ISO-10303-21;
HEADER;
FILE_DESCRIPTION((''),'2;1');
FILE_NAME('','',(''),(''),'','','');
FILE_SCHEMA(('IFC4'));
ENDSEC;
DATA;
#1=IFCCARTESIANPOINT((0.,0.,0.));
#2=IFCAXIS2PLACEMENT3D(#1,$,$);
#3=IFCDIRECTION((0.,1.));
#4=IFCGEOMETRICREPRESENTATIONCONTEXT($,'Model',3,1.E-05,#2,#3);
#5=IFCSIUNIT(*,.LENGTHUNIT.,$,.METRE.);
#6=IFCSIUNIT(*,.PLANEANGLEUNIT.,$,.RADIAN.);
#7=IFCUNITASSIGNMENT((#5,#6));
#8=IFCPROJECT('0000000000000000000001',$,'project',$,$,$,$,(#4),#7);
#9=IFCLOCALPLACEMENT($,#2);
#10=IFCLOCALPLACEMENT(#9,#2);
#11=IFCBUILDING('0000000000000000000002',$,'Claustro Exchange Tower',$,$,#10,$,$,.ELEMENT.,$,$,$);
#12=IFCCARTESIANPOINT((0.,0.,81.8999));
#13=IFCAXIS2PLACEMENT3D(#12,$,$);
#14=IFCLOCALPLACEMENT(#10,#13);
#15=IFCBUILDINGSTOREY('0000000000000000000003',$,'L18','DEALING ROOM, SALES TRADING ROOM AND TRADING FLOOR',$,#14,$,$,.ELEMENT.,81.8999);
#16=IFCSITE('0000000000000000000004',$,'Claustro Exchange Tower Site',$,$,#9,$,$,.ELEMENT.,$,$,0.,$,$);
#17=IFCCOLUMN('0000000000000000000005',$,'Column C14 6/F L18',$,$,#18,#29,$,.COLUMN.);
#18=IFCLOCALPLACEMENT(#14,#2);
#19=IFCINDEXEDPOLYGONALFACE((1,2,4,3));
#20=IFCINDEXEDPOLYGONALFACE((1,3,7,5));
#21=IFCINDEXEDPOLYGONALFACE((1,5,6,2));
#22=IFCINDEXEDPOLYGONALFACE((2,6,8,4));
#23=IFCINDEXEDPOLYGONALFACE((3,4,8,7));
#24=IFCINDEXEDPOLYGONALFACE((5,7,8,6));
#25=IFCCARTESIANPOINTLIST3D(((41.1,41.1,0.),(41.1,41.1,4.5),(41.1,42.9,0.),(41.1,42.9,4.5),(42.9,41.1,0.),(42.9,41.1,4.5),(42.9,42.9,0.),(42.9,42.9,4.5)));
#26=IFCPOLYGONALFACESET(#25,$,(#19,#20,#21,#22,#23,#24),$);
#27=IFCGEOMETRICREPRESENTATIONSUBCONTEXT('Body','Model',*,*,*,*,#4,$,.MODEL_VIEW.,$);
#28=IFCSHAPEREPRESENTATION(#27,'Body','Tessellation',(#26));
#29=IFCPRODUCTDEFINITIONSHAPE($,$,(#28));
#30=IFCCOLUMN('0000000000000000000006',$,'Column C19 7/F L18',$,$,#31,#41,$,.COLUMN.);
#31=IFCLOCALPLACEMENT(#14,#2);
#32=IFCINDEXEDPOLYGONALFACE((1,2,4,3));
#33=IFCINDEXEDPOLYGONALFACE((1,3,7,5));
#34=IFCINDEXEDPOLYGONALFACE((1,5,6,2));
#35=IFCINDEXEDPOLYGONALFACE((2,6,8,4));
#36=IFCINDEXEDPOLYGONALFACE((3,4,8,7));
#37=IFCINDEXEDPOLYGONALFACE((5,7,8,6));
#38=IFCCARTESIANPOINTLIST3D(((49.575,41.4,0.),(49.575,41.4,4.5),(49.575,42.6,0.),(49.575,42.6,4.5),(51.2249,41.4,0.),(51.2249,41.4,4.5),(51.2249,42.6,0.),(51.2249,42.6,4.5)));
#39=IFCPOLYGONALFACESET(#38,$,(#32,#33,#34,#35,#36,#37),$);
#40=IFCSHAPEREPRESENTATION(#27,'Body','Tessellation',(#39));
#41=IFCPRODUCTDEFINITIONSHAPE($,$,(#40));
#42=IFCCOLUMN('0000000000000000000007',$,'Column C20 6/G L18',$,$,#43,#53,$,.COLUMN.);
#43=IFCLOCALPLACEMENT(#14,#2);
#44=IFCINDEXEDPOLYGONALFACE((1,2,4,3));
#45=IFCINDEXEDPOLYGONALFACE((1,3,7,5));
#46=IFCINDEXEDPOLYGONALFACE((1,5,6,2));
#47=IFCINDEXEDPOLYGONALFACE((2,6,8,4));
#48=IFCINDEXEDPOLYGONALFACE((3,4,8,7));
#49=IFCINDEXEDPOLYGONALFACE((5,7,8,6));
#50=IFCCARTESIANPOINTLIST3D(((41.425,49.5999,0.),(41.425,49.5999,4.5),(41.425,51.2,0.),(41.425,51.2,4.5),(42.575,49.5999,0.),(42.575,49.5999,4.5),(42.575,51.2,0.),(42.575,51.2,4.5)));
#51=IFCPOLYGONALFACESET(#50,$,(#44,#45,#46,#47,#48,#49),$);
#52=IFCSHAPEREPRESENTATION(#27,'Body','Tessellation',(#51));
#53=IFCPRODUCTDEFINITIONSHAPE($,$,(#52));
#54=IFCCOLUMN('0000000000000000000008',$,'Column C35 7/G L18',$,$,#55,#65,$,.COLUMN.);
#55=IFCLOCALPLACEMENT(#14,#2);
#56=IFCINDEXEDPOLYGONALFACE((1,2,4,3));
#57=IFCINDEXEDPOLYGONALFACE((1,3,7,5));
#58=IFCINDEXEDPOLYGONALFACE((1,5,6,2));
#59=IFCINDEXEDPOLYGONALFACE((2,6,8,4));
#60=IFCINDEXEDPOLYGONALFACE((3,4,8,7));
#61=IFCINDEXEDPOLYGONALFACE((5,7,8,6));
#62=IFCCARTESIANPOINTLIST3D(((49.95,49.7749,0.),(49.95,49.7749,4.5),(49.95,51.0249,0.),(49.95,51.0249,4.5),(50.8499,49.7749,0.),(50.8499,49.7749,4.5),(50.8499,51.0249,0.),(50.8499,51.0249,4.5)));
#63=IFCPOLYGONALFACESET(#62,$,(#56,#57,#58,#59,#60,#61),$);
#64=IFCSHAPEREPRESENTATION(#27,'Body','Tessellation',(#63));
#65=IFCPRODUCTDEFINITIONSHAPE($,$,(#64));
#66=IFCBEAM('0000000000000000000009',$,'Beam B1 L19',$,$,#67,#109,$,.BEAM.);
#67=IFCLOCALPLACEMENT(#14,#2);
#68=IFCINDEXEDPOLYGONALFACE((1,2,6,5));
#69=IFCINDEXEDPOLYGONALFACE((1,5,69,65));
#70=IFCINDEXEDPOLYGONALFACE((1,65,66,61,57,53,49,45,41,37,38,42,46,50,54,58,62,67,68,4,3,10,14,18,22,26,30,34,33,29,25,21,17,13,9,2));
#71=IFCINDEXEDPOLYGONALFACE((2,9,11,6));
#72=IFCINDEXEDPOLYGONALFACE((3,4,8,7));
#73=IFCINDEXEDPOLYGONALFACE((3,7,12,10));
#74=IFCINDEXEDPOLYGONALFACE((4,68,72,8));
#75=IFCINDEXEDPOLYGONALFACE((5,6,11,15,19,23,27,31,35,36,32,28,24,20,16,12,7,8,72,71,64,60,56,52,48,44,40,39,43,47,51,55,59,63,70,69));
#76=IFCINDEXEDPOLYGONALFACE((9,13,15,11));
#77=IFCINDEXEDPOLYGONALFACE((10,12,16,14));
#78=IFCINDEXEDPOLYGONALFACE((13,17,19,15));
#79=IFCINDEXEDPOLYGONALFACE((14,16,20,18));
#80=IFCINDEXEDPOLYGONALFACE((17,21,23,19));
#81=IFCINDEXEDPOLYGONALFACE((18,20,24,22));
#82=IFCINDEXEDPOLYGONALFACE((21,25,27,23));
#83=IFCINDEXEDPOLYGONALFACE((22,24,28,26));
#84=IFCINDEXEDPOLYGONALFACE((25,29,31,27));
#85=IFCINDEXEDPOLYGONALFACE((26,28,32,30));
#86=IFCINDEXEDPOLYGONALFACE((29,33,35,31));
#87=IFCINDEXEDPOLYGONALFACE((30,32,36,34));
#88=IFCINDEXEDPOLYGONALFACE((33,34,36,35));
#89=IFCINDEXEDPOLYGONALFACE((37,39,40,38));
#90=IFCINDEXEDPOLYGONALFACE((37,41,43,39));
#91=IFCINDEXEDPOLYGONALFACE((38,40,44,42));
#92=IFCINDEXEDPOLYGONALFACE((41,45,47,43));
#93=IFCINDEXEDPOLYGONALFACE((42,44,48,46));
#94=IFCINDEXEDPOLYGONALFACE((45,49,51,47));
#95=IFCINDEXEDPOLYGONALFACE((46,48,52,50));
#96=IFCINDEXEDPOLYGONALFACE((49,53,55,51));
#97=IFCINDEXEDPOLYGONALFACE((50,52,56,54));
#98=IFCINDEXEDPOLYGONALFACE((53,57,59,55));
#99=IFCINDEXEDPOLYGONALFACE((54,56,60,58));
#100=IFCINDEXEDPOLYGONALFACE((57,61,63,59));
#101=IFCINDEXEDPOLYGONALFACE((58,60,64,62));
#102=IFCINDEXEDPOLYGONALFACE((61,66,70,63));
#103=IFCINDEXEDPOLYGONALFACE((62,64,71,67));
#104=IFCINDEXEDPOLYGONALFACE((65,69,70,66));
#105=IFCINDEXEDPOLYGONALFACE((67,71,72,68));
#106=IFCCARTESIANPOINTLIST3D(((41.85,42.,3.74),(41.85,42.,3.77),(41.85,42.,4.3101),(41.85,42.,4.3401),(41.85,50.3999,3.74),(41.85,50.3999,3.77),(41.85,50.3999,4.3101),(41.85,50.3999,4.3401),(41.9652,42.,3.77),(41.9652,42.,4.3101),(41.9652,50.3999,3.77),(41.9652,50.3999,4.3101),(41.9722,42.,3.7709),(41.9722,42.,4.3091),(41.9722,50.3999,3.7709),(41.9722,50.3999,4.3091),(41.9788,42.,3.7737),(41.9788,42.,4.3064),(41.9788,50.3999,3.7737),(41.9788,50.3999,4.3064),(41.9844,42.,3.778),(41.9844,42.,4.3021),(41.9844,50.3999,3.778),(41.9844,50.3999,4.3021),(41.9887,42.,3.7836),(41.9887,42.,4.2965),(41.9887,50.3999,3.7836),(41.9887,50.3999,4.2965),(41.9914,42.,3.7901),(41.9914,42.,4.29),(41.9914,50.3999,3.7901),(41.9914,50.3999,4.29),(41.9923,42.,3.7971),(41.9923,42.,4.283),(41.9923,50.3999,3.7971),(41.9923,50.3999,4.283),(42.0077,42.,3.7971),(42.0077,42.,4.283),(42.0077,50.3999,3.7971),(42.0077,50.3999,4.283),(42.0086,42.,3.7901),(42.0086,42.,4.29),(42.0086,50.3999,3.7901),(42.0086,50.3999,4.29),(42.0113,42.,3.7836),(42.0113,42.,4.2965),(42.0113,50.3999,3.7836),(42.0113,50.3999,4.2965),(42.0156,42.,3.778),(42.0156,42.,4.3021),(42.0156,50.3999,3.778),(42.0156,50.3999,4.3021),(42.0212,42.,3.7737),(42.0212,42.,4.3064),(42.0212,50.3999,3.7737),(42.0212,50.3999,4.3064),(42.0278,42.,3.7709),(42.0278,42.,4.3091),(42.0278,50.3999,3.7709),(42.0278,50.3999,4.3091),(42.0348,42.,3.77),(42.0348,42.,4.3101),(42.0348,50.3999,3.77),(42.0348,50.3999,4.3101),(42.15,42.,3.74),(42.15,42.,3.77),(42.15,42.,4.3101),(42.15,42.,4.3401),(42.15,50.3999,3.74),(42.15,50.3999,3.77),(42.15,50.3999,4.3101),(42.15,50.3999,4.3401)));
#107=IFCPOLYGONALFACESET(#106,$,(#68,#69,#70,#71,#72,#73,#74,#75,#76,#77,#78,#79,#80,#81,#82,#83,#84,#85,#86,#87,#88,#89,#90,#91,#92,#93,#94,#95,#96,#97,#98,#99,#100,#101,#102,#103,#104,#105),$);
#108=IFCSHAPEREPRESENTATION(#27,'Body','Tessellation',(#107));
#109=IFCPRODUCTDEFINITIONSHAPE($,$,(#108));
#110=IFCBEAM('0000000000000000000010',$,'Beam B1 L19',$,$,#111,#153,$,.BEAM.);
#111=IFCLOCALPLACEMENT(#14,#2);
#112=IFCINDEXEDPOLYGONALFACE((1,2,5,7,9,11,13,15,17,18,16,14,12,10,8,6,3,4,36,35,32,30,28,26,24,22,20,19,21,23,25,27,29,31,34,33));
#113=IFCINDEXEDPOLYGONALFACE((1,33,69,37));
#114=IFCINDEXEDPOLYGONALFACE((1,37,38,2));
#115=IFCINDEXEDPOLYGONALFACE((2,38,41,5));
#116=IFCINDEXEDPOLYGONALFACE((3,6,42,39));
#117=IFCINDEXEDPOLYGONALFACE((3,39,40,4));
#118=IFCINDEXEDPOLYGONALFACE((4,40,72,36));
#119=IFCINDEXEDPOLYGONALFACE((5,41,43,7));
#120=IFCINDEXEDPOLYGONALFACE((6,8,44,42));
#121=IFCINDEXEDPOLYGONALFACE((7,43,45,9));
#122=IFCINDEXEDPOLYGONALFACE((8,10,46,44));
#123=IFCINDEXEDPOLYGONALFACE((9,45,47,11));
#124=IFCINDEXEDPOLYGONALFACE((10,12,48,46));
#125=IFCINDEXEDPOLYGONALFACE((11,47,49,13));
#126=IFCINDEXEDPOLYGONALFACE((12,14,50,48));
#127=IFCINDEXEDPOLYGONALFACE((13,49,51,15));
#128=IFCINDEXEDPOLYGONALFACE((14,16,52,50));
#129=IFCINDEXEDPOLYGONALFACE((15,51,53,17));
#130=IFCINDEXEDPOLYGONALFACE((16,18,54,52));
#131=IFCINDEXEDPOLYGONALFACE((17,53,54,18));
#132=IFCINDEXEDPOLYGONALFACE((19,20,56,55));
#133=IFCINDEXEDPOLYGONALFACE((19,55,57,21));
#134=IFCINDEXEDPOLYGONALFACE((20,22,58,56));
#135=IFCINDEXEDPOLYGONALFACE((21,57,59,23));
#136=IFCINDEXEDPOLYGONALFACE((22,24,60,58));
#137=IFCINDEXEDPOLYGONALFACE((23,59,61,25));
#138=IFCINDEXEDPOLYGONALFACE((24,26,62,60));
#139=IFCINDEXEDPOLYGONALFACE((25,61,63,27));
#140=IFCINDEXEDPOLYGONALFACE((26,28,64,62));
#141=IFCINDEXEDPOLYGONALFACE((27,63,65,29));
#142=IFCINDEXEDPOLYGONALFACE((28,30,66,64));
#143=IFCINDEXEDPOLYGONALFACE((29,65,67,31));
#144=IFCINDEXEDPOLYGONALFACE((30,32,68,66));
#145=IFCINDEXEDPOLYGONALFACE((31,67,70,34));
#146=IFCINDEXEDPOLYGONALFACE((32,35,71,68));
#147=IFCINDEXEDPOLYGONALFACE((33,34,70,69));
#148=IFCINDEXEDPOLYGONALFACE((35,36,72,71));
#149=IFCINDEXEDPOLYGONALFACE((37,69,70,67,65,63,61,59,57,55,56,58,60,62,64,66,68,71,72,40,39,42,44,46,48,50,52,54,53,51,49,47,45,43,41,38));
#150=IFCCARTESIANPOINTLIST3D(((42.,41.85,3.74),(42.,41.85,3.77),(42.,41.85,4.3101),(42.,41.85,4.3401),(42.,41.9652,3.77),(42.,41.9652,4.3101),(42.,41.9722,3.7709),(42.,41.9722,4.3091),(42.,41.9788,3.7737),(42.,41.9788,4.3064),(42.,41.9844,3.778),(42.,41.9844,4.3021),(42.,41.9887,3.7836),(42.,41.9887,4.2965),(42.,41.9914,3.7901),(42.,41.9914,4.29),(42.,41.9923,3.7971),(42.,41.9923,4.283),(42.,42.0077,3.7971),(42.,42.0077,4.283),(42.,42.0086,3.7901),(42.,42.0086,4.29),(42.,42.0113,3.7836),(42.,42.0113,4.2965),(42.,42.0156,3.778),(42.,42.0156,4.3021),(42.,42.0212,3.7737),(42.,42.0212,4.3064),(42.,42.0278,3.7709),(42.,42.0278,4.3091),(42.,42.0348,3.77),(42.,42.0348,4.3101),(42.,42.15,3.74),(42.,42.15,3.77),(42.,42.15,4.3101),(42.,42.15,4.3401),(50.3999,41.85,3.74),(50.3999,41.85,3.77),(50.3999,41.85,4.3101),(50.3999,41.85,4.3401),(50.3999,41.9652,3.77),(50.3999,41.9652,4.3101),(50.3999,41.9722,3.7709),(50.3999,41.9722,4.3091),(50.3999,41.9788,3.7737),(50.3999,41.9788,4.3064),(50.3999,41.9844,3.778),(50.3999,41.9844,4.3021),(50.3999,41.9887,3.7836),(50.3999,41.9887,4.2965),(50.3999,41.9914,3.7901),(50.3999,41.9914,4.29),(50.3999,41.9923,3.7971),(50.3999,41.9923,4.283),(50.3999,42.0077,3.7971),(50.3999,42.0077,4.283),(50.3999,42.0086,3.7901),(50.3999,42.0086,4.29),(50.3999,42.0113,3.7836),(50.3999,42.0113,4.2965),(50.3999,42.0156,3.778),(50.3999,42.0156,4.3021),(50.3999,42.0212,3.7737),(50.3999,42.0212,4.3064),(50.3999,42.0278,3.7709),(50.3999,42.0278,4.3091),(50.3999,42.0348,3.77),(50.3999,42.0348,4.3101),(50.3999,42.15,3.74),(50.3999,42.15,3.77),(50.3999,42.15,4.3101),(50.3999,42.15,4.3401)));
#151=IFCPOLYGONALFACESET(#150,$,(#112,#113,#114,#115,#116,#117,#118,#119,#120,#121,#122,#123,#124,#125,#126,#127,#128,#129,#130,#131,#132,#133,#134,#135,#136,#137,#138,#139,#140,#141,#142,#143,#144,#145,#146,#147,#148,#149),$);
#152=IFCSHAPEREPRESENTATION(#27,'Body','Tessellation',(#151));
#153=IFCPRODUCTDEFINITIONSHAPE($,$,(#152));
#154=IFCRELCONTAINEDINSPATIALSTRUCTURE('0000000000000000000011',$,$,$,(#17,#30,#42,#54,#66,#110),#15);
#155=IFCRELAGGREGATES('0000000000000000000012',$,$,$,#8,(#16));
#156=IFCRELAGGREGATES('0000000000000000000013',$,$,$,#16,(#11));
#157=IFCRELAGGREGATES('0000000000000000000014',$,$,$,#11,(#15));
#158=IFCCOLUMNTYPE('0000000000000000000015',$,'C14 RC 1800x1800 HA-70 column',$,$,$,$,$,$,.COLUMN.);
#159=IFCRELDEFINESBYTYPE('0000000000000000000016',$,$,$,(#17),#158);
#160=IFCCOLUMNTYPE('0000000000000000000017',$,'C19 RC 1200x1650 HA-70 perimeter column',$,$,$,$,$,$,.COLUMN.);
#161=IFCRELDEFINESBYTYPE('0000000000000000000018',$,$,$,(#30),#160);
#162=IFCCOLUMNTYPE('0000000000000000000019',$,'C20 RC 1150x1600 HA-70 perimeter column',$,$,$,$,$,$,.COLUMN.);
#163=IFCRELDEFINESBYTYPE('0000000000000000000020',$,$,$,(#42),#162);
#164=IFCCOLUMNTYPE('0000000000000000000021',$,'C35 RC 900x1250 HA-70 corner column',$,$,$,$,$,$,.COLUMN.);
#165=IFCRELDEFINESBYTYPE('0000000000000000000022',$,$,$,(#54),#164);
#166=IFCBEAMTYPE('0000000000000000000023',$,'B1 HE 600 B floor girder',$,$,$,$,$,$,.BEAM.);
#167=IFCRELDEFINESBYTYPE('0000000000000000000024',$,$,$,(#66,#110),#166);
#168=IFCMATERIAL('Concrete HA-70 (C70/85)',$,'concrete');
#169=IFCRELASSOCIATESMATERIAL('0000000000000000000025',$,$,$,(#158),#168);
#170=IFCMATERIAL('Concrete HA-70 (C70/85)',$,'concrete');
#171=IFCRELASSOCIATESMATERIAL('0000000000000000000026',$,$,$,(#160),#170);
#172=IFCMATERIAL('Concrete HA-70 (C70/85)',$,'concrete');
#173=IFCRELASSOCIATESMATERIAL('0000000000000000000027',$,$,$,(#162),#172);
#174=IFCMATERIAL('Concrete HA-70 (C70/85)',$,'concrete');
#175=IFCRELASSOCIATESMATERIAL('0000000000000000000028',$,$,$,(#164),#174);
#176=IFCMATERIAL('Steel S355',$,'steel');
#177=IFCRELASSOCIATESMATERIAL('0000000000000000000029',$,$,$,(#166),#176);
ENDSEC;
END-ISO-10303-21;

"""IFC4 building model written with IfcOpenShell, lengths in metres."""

from ifc_helpers import new_model, si_unit, direction, frame, origin, origin_2d, place, context, subcontext, project, spatial, rectangle, i_section, extrude, material, material_profile, profile_set, type_object, element, save


model = new_model("IFC4")

# Units and contexts
model_context = context("Model", 3, precision=1e-05, world=origin(), true_north=direction((0.0, 1.0)))
body_context = subcontext(model_context, "Body", "Model", "MODEL_VIEW")
ifc_project = project(units=[si_unit("LENGTHUNIT", "METRE"), si_unit("PLANEANGLEUNIT", "RADIAN")], contexts=[model_context])

# Site, building, storey
site_placement = place(None, origin())
site = spatial("IfcSite", under=ifc_project, at=site_placement, Name="Claustro Exchange Tower Site", CompositionType="ELEMENT", RefElevation=0.0)
building_placement = place(site_placement, origin())
building = spatial("IfcBuilding", under=site, at=building_placement, Name="Claustro Exchange Tower", CompositionType="ELEMENT")
storey_placement = place(building_placement, frame((0.0, 0.0, 81.8999)))
storey = spatial("IfcBuildingStorey", under=building, at=storey_placement, Name="L18", Description="DEALING ROOM, SALES TRADING ROOM AND TRADING FLOOR", CompositionType="ELEMENT", Elevation=81.8999)

# Columns
ifc_material_1 = material(Name="Concrete HA-70 (C70/85)", Category="concrete")
ifc_material_profile_1 = material_profile(ifc_material_1, rectangle(XDim=1.8, YDim=1.8, at=origin_2d()), Name="RC 1800x1800")
ifc_profile_set_1 = profile_set([ifc_material_profile_1], Name="Concrete HA-70 (C70/85)")
column_type_1 = type_object("IfcColumnType", Name="C14 RC 1800x1800 HA-70 column", PredefinedType="COLUMN", material=ifc_profile_set_1)
column_1_placement = place(storey_placement, frame((42.0, 42.0, 0.0), z_axis=(0.0, 0.0, 1.0), x_axis=(1.0, 0.0, 0.0)))
element("IfcColumn", 1, at=column_1_placement, inside=storey, type_object=column_type_1, Name="Column C14 6/F L18", PredefinedType="COLUMN", context=body_context, shape_type="SweptSolid", body=[
    extrude(rectangle(XDim=1.8, YDim=1.8, at=origin_2d()), origin(), (0.0, 0.0, 1.0), 4.5),
])
ifc_material_2 = material(Name="Concrete HA-70 (C70/85)", Category="concrete")
ifc_material_profile_2 = material_profile(ifc_material_2, rectangle(XDim=1.2, YDim=1.6499, at=origin_2d()), Name="RC 1200x1650")
ifc_profile_set_2 = profile_set([ifc_material_profile_2], Name="Concrete HA-70 (C70/85)")
column_type_2 = type_object("IfcColumnType", Name="C19 RC 1200x1650 HA-70 perimeter column", PredefinedType="COLUMN", material=ifc_profile_set_2)
column_2_placement = place(storey_placement, frame((50.3999, 42.0, 0.0), z_axis=(0.0, 0.0, 1.0), x_axis=(0.0, 1.0, 0.0)))
element("IfcColumn", 2, at=column_2_placement, inside=storey, type_object=column_type_2, Name="Column C19 7/F L18", PredefinedType="COLUMN", context=body_context, shape_type="SweptSolid", body=[
    extrude(rectangle(XDim=1.2, YDim=1.6499, at=origin_2d()), origin(), (0.0, 0.0, 1.0), 4.5),
])
ifc_material_3 = material(Name="Concrete HA-70 (C70/85)", Category="concrete")
ifc_material_profile_3 = material_profile(ifc_material_3, rectangle(XDim=1.1499, YDim=1.6001, at=origin_2d()), Name="RC 1150x1600")
ifc_profile_set_3 = profile_set([ifc_material_profile_3], Name="Concrete HA-70 (C70/85)")
column_type_3 = type_object("IfcColumnType", Name="C20 RC 1150x1600 HA-70 perimeter column", PredefinedType="COLUMN", material=ifc_profile_set_3)
column_3_placement = place(storey_placement, frame((42.0, 50.3999, 0.0), z_axis=(0.0, 0.0, 1.0), x_axis=(1.0, 0.0, 0.0)))
element("IfcColumn", 3, at=column_3_placement, inside=storey, type_object=column_type_3, Name="Column C20 6/G L18", PredefinedType="COLUMN", context=body_context, shape_type="SweptSolid", body=[
    extrude(rectangle(XDim=1.1499, YDim=1.6001, at=origin_2d()), origin(), (0.0, 0.0, 1.0), 4.5),
])
ifc_material_4 = material(Name="Concrete HA-70 (C70/85)", Category="concrete")
ifc_material_profile_4 = material_profile(ifc_material_4, rectangle(XDim=0.8999, YDim=1.25, at=origin_2d()), Name="RC 900x1250")
ifc_profile_set_4 = profile_set([ifc_material_profile_4], Name="Concrete HA-70 (C70/85)")
column_type_4 = type_object("IfcColumnType", Name="C35 RC 900x1250 HA-70 corner column", PredefinedType="COLUMN", material=ifc_profile_set_4)
column_4_placement = place(storey_placement, frame((50.3999, 50.3999, 0.0), z_axis=(0.0, 0.0, 1.0), x_axis=(1.0, 0.0, 0.0)))
element("IfcColumn", 4, at=column_4_placement, inside=storey, type_object=column_type_4, Name="Column C35 7/G L18", PredefinedType="COLUMN", context=body_context, shape_type="SweptSolid", body=[
    extrude(rectangle(XDim=0.8999, YDim=1.25, at=origin_2d()), origin(), (0.0, 0.0, 1.0), 4.5),
])

# Beams
ifc_material_5 = material(Name="Steel S355", Category="steel")
ifc_material_profile_5 = material_profile(ifc_material_5, i_section(OverallWidth=0.3, OverallDepth=0.6001, WebThickness=0.0154, FlangeThickness=0.03, FilletRadius=0.0271, at=origin_2d()), Name="HE 600 B")
ifc_profile_set_5 = profile_set([ifc_material_profile_5], Name="Steel S355")
beam_type_1 = type_object("IfcBeamType", Name="B1 HE 600 B floor girder", PredefinedType="BEAM", material=ifc_profile_set_5)
for number, where, z_axis, x_axis, name in (
    (5, (42.0, 42.0, 4.04), (0.0, 1.0, 0.0), (-1.0, 0.0, 0.0), "Beam B1 L19"),
    (6, (42.0, 42.0, 4.04), (1.0, 0.0, 0.0), (0.0, 1.0, 0.0), "Beam B1 L19"),
):
    element("IfcBeam", number, at=place(storey_placement, frame(where, z_axis=z_axis, x_axis=x_axis)), inside=storey, type_object=beam_type_1, Name=name, PredefinedType="BEAM", context=body_context, shape_type="SweptSolid", body=[
        extrude(i_section(OverallWidth=0.3, OverallDepth=0.6001, WebThickness=0.0154, FlangeThickness=0.03, FilletRadius=0.0271, at=origin_2d()), origin(), (0.0, 0.0, 1.0), 8.3999),
    ])

save(model, "model.ifc")
